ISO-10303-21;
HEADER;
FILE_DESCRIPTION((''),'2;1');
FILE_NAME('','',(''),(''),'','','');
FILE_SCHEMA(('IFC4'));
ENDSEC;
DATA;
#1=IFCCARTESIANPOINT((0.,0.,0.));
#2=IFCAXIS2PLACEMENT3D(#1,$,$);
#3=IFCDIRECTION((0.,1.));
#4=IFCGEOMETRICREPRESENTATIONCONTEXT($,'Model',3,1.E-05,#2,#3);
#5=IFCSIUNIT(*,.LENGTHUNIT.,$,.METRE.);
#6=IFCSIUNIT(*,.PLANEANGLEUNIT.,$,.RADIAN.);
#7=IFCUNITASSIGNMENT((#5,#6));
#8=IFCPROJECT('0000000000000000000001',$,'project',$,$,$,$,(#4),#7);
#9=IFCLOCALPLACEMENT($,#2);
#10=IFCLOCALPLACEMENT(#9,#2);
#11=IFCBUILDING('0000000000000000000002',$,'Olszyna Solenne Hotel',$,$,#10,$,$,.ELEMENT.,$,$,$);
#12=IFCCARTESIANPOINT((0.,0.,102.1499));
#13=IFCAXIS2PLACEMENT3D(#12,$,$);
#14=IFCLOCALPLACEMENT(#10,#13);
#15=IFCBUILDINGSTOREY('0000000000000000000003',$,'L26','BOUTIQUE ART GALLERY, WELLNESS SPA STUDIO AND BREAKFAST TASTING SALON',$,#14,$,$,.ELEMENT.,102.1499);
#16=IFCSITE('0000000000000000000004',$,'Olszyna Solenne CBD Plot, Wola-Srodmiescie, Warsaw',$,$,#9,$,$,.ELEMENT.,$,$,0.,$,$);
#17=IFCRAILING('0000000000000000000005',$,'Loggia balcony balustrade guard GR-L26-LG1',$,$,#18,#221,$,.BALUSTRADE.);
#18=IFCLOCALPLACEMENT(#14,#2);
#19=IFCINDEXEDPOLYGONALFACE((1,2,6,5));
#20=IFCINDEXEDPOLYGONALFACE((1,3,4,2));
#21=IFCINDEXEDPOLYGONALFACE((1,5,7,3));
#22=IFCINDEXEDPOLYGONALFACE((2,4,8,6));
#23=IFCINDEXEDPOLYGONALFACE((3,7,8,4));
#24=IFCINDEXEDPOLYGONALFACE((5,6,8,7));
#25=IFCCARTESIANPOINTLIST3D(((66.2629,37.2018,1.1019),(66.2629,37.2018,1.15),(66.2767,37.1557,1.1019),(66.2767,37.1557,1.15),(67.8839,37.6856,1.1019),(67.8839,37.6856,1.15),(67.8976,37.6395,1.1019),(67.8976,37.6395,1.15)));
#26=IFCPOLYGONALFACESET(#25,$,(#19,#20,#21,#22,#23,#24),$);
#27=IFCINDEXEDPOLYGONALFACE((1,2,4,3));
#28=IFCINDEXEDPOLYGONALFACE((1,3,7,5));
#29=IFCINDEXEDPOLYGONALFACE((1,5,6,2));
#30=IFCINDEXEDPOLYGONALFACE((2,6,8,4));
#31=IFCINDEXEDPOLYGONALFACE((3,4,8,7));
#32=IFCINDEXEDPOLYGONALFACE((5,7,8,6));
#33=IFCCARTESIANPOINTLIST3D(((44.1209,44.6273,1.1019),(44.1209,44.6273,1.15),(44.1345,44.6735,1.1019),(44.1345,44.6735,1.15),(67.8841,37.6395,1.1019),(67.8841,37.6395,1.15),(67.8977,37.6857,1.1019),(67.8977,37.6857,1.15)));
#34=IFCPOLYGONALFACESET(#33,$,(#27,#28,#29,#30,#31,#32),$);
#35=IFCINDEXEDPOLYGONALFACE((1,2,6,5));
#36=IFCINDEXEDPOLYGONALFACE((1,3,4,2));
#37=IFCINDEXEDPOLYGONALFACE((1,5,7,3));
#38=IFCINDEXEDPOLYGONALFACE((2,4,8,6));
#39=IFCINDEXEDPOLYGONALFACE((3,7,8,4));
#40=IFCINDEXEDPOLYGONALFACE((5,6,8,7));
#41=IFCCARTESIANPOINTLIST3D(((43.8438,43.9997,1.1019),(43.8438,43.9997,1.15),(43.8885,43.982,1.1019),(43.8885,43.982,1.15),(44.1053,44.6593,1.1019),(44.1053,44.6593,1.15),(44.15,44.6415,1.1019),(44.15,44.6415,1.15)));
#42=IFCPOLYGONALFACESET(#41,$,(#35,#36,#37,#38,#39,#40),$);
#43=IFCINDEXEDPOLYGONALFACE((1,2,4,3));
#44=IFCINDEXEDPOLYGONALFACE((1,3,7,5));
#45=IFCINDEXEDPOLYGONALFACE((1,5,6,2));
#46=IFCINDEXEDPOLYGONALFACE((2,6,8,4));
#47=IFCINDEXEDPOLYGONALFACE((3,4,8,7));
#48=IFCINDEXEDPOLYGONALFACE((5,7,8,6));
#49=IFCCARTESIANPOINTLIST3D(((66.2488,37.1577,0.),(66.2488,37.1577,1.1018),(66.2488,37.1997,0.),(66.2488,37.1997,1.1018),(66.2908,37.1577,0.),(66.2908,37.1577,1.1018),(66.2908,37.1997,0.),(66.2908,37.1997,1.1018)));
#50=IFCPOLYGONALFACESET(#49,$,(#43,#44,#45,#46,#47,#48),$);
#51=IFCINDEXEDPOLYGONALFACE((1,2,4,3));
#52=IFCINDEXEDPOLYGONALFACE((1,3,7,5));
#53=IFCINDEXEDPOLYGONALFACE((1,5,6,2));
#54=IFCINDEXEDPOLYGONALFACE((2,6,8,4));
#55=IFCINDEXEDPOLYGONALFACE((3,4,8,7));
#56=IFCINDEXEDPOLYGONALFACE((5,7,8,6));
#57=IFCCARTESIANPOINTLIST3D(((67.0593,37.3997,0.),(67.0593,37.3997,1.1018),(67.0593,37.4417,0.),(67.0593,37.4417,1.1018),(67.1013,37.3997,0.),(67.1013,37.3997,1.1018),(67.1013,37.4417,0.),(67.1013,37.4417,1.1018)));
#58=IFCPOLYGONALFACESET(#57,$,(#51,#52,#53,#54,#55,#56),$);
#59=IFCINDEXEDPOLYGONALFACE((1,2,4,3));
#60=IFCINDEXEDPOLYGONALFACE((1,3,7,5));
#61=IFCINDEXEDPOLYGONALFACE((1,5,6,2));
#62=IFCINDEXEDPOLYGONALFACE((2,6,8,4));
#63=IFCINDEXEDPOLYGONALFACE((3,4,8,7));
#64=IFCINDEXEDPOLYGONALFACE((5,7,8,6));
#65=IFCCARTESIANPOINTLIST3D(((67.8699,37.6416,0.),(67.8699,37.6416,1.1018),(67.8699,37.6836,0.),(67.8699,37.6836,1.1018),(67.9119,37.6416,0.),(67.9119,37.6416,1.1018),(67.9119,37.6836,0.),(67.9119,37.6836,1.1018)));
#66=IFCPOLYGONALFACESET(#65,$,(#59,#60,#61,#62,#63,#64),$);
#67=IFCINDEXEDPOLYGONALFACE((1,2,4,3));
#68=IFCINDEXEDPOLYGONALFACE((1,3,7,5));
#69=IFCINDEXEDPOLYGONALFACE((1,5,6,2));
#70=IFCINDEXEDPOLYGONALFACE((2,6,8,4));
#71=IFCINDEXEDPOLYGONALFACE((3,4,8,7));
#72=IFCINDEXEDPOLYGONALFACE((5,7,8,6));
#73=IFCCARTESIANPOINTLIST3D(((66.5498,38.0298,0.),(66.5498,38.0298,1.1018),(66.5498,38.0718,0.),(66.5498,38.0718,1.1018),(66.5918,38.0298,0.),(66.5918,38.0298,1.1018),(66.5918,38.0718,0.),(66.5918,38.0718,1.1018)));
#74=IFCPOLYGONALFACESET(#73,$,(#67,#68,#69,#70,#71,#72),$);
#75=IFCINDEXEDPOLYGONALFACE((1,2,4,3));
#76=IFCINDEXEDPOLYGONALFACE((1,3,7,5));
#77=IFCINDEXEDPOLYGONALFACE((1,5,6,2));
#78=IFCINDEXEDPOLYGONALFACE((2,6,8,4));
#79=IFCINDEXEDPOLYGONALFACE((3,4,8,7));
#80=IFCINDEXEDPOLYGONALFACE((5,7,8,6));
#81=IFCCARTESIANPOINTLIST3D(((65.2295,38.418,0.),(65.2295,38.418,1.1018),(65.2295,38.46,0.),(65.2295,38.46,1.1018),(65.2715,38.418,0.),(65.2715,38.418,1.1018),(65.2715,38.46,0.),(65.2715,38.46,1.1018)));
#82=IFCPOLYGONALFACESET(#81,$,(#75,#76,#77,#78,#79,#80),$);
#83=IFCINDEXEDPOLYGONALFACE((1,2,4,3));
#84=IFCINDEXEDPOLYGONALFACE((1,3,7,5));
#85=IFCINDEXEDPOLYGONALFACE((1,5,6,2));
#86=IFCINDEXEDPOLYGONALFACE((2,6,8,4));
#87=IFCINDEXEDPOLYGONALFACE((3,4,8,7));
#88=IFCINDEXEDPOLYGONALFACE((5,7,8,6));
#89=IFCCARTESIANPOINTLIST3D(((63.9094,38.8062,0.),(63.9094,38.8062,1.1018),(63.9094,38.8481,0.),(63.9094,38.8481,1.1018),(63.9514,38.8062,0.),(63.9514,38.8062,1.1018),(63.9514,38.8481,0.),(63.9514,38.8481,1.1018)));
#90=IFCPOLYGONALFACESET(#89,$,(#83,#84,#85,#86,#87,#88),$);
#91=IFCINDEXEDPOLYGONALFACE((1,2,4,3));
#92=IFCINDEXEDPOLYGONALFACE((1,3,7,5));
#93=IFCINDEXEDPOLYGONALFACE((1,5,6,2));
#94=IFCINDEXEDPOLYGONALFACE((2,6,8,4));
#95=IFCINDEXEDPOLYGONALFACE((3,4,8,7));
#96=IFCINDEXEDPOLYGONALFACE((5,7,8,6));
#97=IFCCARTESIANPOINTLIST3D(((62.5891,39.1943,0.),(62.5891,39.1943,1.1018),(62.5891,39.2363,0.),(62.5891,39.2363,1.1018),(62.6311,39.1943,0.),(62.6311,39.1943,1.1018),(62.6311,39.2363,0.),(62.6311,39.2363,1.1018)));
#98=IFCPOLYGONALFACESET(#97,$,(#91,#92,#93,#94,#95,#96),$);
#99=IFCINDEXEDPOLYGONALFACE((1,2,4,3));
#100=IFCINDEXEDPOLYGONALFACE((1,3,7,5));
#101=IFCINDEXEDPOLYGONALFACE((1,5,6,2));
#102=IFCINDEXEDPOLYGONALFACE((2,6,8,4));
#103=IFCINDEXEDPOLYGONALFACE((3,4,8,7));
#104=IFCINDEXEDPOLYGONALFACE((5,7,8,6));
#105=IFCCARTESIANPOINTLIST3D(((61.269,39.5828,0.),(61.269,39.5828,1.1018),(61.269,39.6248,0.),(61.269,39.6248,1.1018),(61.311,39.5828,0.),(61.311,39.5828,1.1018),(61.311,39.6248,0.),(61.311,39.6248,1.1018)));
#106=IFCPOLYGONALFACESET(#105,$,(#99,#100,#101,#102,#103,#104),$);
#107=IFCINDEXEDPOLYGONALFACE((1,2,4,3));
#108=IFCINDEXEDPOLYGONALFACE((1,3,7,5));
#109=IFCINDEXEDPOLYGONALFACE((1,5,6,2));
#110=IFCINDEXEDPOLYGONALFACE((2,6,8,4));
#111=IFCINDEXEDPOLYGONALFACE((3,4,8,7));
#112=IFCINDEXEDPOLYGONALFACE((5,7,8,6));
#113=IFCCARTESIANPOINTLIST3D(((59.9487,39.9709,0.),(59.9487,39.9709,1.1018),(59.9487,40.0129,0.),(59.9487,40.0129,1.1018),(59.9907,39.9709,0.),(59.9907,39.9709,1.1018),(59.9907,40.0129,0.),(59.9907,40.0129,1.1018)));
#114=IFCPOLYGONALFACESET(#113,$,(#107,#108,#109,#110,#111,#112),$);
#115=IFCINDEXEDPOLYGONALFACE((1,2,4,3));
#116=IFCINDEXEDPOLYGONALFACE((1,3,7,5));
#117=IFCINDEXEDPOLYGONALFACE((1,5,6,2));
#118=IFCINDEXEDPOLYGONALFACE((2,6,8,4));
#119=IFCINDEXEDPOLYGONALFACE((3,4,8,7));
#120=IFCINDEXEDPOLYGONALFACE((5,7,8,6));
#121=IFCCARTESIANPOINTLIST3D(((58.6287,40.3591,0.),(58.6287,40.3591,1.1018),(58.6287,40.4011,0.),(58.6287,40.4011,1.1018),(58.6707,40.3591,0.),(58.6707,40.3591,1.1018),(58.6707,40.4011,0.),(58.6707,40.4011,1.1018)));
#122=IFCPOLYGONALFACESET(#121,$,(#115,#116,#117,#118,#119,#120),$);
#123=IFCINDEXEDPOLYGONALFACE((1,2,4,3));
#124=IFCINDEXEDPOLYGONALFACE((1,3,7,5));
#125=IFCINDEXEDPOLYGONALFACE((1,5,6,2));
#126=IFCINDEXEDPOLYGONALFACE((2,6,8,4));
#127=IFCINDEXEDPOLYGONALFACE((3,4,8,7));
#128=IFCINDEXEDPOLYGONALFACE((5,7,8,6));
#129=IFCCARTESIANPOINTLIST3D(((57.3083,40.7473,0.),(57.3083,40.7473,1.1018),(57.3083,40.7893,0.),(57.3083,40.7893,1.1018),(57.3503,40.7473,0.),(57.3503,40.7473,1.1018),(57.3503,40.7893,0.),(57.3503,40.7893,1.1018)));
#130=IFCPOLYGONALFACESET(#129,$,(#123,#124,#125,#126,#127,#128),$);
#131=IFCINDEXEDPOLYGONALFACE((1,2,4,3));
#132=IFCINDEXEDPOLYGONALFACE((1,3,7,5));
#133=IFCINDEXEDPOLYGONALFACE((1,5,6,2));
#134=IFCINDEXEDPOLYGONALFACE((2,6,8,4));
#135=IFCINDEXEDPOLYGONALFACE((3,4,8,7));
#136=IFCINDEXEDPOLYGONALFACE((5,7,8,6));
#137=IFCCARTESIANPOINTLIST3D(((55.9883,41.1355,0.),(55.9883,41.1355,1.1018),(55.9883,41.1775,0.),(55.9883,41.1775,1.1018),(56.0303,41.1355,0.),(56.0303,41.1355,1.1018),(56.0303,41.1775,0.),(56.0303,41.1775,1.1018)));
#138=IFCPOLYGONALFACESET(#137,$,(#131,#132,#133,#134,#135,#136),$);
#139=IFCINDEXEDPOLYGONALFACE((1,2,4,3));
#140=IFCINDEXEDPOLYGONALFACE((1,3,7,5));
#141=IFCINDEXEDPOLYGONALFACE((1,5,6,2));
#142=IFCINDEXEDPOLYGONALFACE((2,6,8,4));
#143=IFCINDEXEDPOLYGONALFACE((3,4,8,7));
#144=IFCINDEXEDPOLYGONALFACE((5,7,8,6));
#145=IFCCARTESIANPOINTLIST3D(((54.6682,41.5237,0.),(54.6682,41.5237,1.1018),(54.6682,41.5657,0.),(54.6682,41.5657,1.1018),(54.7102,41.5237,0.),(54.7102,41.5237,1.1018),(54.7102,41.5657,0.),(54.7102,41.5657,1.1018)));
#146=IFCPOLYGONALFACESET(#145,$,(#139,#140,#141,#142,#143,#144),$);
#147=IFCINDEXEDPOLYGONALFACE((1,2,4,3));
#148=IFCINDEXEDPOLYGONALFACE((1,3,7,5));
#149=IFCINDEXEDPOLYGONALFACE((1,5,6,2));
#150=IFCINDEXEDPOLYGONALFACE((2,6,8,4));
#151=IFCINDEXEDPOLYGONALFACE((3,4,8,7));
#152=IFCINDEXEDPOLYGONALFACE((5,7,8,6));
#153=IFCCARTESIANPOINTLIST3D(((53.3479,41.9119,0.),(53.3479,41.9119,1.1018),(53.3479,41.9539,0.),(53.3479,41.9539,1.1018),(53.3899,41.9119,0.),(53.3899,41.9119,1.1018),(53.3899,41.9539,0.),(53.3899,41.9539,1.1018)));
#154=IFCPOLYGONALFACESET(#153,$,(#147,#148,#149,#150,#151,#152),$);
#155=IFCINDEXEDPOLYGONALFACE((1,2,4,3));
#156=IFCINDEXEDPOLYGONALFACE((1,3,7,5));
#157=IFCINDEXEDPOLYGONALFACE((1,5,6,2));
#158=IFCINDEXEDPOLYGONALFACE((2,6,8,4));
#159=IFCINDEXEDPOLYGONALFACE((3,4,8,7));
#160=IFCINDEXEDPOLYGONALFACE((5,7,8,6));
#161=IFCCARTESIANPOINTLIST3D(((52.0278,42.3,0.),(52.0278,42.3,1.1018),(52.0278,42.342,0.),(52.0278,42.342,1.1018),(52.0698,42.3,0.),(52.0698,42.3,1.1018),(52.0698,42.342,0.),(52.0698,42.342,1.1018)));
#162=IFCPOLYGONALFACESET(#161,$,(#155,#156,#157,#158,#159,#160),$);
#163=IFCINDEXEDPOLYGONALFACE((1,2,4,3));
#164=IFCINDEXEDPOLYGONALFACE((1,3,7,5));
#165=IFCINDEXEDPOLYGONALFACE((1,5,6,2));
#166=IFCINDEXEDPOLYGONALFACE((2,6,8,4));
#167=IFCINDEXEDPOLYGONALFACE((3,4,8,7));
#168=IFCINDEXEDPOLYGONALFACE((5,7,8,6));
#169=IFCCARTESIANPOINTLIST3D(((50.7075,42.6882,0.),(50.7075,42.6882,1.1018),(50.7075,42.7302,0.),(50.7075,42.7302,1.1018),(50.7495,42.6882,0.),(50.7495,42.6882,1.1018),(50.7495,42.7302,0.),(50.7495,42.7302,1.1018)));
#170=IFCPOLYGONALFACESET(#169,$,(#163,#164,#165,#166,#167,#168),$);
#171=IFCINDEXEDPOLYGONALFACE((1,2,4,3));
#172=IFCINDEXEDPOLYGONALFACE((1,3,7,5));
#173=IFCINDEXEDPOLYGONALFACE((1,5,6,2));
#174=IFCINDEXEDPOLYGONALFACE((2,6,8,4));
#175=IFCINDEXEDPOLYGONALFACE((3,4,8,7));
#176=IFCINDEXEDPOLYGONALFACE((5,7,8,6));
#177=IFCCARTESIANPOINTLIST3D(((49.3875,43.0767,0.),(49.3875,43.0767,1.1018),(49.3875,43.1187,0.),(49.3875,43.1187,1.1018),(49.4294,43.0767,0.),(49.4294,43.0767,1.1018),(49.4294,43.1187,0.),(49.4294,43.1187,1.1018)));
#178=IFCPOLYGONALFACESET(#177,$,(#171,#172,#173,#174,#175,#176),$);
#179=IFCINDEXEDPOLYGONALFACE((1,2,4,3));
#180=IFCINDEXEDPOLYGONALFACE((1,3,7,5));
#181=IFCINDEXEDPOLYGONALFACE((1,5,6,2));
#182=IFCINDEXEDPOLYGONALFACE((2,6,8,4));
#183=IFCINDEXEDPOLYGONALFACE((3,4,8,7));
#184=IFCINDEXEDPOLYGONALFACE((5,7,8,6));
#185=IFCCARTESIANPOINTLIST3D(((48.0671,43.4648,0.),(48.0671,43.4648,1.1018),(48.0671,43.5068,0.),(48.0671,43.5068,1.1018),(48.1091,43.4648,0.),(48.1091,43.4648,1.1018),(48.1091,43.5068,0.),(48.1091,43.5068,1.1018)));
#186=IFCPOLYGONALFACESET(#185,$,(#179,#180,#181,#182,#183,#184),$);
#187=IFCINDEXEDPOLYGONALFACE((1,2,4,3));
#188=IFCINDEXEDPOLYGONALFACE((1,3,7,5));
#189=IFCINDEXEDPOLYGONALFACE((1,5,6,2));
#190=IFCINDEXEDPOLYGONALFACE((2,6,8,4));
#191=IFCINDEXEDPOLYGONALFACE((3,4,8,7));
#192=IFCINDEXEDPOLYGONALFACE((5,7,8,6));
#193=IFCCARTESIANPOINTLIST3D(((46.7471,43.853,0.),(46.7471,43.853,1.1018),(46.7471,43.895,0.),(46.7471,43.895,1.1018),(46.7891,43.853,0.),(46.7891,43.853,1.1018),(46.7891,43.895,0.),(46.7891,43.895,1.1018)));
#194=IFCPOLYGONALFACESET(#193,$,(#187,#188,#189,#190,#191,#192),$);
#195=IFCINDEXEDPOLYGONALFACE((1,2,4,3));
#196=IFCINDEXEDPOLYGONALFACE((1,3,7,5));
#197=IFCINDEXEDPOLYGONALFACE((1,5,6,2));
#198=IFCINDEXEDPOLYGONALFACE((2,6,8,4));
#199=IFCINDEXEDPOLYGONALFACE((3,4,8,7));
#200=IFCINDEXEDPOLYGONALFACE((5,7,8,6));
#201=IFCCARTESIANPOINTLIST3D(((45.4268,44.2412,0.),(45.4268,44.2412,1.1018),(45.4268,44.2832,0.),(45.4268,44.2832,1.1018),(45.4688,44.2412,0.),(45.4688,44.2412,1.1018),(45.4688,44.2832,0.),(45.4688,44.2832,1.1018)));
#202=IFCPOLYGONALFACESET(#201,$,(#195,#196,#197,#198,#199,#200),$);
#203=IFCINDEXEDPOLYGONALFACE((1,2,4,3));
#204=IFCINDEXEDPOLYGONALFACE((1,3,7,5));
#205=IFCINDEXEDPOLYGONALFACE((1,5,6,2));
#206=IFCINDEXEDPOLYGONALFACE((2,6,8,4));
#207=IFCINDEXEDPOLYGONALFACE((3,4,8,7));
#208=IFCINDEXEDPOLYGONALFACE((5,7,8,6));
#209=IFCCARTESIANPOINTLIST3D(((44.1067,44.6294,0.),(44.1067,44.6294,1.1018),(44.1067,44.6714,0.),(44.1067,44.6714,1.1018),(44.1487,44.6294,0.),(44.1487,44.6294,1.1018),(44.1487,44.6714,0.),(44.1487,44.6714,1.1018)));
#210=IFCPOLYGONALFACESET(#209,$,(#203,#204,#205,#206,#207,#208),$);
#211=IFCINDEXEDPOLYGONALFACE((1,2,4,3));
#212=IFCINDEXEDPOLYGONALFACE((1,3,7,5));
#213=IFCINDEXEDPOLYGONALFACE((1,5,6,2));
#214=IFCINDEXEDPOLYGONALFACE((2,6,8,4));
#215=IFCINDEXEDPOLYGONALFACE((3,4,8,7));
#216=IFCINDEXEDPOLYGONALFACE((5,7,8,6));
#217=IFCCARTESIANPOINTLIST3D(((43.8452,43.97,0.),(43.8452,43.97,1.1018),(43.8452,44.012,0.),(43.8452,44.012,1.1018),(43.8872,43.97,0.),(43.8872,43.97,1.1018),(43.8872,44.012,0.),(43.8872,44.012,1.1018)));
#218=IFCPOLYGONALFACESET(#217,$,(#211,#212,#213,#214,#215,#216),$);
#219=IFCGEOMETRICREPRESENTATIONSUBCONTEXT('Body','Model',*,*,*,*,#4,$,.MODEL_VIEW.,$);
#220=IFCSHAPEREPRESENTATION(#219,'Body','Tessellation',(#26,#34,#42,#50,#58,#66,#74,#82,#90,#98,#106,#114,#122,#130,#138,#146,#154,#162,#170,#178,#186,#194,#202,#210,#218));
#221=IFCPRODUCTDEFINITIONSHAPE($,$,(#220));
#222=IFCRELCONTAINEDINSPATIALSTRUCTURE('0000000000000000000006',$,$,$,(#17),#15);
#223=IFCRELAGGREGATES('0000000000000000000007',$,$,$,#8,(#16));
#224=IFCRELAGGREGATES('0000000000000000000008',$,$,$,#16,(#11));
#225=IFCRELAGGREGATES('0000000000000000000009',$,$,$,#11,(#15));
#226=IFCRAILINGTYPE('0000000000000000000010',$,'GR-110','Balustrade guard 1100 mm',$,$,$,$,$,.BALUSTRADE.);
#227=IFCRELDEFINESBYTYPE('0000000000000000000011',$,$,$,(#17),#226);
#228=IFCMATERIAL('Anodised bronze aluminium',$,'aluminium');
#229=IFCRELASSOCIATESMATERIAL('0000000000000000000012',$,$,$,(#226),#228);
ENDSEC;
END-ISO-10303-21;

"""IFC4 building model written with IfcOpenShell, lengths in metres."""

from ifc_helpers import new_model, si_unit, direction, frame, origin, origin_2d, place, context, subcontext, project, spatial, rectangle, extrude, material, type_object, element, save


model = new_model("IFC4")

# Units and contexts
model_context = context("Model", 3, precision=1e-05, world=origin(), true_north=direction((0.0, 1.0)))
body_context = subcontext(model_context, "Body", "Model", "MODEL_VIEW")
ifc_project = project(units=[si_unit("LENGTHUNIT", "METRE"), si_unit("PLANEANGLEUNIT", "RADIAN")], contexts=[model_context])

# Site, building, storey
site_placement = place(None, origin())
site = spatial("IfcSite", under=ifc_project, at=site_placement, Name="Olszyna Solenne CBD Plot, Wola-Srodmiescie, Warsaw", CompositionType="ELEMENT", RefElevation=0.0)
building_placement = place(site_placement, origin())
building = spatial("IfcBuilding", under=site, at=building_placement, Name="Olszyna Solenne Hotel", CompositionType="ELEMENT")
storey_placement = place(building_placement, frame((0.0, 0.0, 102.1499)))
storey = spatial("IfcBuildingStorey", under=building, at=storey_placement, Name="L26", Description="BOUTIQUE ART GALLERY, WELLNESS SPA STUDIO AND BREAKFAST TASTING SALON", CompositionType="ELEMENT", Elevation=102.1499)

# Shared definitions
ifc_material_1 = material(Name="Anodised bronze aluminium", Category="aluminium")

# Railing
railing_type = type_object("IfcRailingType", Name="GR-110", Description="Balustrade guard 1100 mm", PredefinedType="BALUSTRADE", material=ifc_material_1)
railing_placement = place(storey_placement, frame((66.2698, 37.1787, 0.0)))
element("IfcRailing", 1, at=railing_placement, inside=storey, type_object=railing_type, Name="Loggia balcony balustrade guard GR-L26-LG1", PredefinedType="BALUSTRADE", context=body_context, shape_type="SweptSolid", body=[
    extrude(rectangle(XDim=0.0481, YDim=0.0481, at=origin_2d()), frame((0.0, 0.0, 1.126), z_axis=(0.958223, 0.286024, 0.0), x_axis=(-0.286024, 0.958223, 0.0)), (0.0, 0.0, 1.0), 1.6917),
    extrude(rectangle(XDim=0.0481, YDim=0.0481, at=origin_2d()), frame((1.6211, 0.4839, 1.126), z_axis=(-0.959381, 0.282115, 0.0), x_axis=(-0.282115, -0.959381, 0.0)), (0.0, 0.0, 1.0), 24.7693),
    extrude(rectangle(XDim=0.0481, YDim=0.0481, at=origin_2d()), frame((-22.1421, 7.4717, 1.126), z_axis=(-0.3686, -0.929588, 0.0), x_axis=(0.929588, -0.3686, 0.0)), (0.0, 0.0, 1.0), 0.7095),
    extrude(rectangle(XDim=0.042, YDim=0.042, at=origin_2d()), origin(), (0.0, 0.0, 1.0), 1.1018),
    extrude(rectangle(XDim=0.042, YDim=0.042, at=origin_2d()), frame((0.8105, 0.2419, 0.0)), (0.0, 0.0, 1.0), 1.1018),
    extrude(rectangle(XDim=0.042, YDim=0.042, at=origin_2d()), frame((1.6211, 0.4839, 0.0)), (0.0, 0.0, 1.0), 1.1018),
    extrude(rectangle(XDim=0.042, YDim=0.042, at=origin_2d()), frame((0.301, 0.8721, 0.0)), (0.0, 0.0, 1.0), 1.1018),
    extrude(rectangle(XDim=0.042, YDim=0.042, at=origin_2d()), frame((-1.0193, 1.2603, 0.0)), (0.0, 0.0, 1.0), 1.1018),
    extrude(rectangle(XDim=0.042, YDim=0.042, at=origin_2d()), frame((-2.3394, 1.6484, 0.0)), (0.0, 0.0, 1.0), 1.1018),
    extrude(rectangle(XDim=0.042, YDim=0.042, at=origin_2d()), frame((-3.6597, 2.0366, 0.0)), (0.0, 0.0, 1.0), 1.1018),
    extrude(rectangle(XDim=0.042, YDim=0.042, at=origin_2d()), frame((-4.9797, 2.425, 0.0)), (0.0, 0.0, 1.0), 1.1018),
    extrude(rectangle(XDim=0.042, YDim=0.042, at=origin_2d()), frame((-6.3, 2.8132, 0.0)), (0.0, 0.0, 1.0), 1.1018),
    extrude(rectangle(XDim=0.042, YDim=0.042, at=origin_2d()), frame((-7.6201, 3.2014, 0.0)), (0.0, 0.0, 1.0), 1.1018),
    extrude(rectangle(XDim=0.042, YDim=0.042, at=origin_2d()), frame((-8.9404, 3.5896, 0.0)), (0.0, 0.0, 1.0), 1.1018),
    extrude(rectangle(XDim=0.042, YDim=0.042, at=origin_2d()), frame((-10.2605, 3.9778, 0.0)), (0.0, 0.0, 1.0), 1.1018),
    extrude(rectangle(XDim=0.042, YDim=0.042, at=origin_2d()), frame((-11.5806, 4.366, 0.0)), (0.0, 0.0, 1.0), 1.1018),
    extrude(rectangle(XDim=0.042, YDim=0.042, at=origin_2d()), frame((-12.9009, 4.7542, 0.0)), (0.0, 0.0, 1.0), 1.1018),
    extrude(rectangle(XDim=0.042, YDim=0.042, at=origin_2d()), frame((-14.2209, 5.1423, 0.0)), (0.0, 0.0, 1.0), 1.1018),
    extrude(rectangle(XDim=0.042, YDim=0.042, at=origin_2d()), frame((-15.5413, 5.5305, 0.0)), (0.0, 0.0, 1.0), 1.1018),
    extrude(rectangle(XDim=0.042, YDim=0.042, at=origin_2d()), frame((-16.8613, 5.9189, 0.0)), (0.0, 0.0, 1.0), 1.1018),
    extrude(rectangle(XDim=0.042, YDim=0.042, at=origin_2d()), frame((-18.1816, 6.3071, 0.0)), (0.0, 0.0, 1.0), 1.1018),
    extrude(rectangle(XDim=0.042, YDim=0.042, at=origin_2d()), frame((-19.5017, 6.6953, 0.0)), (0.0, 0.0, 1.0), 1.1018),
    extrude(rectangle(XDim=0.042, YDim=0.042, at=origin_2d()), frame((-20.822, 7.0835, 0.0)), (0.0, 0.0, 1.0), 1.1018),
    extrude(rectangle(XDim=0.042, YDim=0.042, at=origin_2d()), frame((-22.1421, 7.4717, 0.0)), (0.0, 0.0, 1.0), 1.1018),
    extrude(rectangle(XDim=0.042, YDim=0.042, at=origin_2d()), frame((-22.4036, 6.8123, 0.0)), (0.0, 0.0, 1.0), 1.1018),
])

save(model, "model.ifc")
